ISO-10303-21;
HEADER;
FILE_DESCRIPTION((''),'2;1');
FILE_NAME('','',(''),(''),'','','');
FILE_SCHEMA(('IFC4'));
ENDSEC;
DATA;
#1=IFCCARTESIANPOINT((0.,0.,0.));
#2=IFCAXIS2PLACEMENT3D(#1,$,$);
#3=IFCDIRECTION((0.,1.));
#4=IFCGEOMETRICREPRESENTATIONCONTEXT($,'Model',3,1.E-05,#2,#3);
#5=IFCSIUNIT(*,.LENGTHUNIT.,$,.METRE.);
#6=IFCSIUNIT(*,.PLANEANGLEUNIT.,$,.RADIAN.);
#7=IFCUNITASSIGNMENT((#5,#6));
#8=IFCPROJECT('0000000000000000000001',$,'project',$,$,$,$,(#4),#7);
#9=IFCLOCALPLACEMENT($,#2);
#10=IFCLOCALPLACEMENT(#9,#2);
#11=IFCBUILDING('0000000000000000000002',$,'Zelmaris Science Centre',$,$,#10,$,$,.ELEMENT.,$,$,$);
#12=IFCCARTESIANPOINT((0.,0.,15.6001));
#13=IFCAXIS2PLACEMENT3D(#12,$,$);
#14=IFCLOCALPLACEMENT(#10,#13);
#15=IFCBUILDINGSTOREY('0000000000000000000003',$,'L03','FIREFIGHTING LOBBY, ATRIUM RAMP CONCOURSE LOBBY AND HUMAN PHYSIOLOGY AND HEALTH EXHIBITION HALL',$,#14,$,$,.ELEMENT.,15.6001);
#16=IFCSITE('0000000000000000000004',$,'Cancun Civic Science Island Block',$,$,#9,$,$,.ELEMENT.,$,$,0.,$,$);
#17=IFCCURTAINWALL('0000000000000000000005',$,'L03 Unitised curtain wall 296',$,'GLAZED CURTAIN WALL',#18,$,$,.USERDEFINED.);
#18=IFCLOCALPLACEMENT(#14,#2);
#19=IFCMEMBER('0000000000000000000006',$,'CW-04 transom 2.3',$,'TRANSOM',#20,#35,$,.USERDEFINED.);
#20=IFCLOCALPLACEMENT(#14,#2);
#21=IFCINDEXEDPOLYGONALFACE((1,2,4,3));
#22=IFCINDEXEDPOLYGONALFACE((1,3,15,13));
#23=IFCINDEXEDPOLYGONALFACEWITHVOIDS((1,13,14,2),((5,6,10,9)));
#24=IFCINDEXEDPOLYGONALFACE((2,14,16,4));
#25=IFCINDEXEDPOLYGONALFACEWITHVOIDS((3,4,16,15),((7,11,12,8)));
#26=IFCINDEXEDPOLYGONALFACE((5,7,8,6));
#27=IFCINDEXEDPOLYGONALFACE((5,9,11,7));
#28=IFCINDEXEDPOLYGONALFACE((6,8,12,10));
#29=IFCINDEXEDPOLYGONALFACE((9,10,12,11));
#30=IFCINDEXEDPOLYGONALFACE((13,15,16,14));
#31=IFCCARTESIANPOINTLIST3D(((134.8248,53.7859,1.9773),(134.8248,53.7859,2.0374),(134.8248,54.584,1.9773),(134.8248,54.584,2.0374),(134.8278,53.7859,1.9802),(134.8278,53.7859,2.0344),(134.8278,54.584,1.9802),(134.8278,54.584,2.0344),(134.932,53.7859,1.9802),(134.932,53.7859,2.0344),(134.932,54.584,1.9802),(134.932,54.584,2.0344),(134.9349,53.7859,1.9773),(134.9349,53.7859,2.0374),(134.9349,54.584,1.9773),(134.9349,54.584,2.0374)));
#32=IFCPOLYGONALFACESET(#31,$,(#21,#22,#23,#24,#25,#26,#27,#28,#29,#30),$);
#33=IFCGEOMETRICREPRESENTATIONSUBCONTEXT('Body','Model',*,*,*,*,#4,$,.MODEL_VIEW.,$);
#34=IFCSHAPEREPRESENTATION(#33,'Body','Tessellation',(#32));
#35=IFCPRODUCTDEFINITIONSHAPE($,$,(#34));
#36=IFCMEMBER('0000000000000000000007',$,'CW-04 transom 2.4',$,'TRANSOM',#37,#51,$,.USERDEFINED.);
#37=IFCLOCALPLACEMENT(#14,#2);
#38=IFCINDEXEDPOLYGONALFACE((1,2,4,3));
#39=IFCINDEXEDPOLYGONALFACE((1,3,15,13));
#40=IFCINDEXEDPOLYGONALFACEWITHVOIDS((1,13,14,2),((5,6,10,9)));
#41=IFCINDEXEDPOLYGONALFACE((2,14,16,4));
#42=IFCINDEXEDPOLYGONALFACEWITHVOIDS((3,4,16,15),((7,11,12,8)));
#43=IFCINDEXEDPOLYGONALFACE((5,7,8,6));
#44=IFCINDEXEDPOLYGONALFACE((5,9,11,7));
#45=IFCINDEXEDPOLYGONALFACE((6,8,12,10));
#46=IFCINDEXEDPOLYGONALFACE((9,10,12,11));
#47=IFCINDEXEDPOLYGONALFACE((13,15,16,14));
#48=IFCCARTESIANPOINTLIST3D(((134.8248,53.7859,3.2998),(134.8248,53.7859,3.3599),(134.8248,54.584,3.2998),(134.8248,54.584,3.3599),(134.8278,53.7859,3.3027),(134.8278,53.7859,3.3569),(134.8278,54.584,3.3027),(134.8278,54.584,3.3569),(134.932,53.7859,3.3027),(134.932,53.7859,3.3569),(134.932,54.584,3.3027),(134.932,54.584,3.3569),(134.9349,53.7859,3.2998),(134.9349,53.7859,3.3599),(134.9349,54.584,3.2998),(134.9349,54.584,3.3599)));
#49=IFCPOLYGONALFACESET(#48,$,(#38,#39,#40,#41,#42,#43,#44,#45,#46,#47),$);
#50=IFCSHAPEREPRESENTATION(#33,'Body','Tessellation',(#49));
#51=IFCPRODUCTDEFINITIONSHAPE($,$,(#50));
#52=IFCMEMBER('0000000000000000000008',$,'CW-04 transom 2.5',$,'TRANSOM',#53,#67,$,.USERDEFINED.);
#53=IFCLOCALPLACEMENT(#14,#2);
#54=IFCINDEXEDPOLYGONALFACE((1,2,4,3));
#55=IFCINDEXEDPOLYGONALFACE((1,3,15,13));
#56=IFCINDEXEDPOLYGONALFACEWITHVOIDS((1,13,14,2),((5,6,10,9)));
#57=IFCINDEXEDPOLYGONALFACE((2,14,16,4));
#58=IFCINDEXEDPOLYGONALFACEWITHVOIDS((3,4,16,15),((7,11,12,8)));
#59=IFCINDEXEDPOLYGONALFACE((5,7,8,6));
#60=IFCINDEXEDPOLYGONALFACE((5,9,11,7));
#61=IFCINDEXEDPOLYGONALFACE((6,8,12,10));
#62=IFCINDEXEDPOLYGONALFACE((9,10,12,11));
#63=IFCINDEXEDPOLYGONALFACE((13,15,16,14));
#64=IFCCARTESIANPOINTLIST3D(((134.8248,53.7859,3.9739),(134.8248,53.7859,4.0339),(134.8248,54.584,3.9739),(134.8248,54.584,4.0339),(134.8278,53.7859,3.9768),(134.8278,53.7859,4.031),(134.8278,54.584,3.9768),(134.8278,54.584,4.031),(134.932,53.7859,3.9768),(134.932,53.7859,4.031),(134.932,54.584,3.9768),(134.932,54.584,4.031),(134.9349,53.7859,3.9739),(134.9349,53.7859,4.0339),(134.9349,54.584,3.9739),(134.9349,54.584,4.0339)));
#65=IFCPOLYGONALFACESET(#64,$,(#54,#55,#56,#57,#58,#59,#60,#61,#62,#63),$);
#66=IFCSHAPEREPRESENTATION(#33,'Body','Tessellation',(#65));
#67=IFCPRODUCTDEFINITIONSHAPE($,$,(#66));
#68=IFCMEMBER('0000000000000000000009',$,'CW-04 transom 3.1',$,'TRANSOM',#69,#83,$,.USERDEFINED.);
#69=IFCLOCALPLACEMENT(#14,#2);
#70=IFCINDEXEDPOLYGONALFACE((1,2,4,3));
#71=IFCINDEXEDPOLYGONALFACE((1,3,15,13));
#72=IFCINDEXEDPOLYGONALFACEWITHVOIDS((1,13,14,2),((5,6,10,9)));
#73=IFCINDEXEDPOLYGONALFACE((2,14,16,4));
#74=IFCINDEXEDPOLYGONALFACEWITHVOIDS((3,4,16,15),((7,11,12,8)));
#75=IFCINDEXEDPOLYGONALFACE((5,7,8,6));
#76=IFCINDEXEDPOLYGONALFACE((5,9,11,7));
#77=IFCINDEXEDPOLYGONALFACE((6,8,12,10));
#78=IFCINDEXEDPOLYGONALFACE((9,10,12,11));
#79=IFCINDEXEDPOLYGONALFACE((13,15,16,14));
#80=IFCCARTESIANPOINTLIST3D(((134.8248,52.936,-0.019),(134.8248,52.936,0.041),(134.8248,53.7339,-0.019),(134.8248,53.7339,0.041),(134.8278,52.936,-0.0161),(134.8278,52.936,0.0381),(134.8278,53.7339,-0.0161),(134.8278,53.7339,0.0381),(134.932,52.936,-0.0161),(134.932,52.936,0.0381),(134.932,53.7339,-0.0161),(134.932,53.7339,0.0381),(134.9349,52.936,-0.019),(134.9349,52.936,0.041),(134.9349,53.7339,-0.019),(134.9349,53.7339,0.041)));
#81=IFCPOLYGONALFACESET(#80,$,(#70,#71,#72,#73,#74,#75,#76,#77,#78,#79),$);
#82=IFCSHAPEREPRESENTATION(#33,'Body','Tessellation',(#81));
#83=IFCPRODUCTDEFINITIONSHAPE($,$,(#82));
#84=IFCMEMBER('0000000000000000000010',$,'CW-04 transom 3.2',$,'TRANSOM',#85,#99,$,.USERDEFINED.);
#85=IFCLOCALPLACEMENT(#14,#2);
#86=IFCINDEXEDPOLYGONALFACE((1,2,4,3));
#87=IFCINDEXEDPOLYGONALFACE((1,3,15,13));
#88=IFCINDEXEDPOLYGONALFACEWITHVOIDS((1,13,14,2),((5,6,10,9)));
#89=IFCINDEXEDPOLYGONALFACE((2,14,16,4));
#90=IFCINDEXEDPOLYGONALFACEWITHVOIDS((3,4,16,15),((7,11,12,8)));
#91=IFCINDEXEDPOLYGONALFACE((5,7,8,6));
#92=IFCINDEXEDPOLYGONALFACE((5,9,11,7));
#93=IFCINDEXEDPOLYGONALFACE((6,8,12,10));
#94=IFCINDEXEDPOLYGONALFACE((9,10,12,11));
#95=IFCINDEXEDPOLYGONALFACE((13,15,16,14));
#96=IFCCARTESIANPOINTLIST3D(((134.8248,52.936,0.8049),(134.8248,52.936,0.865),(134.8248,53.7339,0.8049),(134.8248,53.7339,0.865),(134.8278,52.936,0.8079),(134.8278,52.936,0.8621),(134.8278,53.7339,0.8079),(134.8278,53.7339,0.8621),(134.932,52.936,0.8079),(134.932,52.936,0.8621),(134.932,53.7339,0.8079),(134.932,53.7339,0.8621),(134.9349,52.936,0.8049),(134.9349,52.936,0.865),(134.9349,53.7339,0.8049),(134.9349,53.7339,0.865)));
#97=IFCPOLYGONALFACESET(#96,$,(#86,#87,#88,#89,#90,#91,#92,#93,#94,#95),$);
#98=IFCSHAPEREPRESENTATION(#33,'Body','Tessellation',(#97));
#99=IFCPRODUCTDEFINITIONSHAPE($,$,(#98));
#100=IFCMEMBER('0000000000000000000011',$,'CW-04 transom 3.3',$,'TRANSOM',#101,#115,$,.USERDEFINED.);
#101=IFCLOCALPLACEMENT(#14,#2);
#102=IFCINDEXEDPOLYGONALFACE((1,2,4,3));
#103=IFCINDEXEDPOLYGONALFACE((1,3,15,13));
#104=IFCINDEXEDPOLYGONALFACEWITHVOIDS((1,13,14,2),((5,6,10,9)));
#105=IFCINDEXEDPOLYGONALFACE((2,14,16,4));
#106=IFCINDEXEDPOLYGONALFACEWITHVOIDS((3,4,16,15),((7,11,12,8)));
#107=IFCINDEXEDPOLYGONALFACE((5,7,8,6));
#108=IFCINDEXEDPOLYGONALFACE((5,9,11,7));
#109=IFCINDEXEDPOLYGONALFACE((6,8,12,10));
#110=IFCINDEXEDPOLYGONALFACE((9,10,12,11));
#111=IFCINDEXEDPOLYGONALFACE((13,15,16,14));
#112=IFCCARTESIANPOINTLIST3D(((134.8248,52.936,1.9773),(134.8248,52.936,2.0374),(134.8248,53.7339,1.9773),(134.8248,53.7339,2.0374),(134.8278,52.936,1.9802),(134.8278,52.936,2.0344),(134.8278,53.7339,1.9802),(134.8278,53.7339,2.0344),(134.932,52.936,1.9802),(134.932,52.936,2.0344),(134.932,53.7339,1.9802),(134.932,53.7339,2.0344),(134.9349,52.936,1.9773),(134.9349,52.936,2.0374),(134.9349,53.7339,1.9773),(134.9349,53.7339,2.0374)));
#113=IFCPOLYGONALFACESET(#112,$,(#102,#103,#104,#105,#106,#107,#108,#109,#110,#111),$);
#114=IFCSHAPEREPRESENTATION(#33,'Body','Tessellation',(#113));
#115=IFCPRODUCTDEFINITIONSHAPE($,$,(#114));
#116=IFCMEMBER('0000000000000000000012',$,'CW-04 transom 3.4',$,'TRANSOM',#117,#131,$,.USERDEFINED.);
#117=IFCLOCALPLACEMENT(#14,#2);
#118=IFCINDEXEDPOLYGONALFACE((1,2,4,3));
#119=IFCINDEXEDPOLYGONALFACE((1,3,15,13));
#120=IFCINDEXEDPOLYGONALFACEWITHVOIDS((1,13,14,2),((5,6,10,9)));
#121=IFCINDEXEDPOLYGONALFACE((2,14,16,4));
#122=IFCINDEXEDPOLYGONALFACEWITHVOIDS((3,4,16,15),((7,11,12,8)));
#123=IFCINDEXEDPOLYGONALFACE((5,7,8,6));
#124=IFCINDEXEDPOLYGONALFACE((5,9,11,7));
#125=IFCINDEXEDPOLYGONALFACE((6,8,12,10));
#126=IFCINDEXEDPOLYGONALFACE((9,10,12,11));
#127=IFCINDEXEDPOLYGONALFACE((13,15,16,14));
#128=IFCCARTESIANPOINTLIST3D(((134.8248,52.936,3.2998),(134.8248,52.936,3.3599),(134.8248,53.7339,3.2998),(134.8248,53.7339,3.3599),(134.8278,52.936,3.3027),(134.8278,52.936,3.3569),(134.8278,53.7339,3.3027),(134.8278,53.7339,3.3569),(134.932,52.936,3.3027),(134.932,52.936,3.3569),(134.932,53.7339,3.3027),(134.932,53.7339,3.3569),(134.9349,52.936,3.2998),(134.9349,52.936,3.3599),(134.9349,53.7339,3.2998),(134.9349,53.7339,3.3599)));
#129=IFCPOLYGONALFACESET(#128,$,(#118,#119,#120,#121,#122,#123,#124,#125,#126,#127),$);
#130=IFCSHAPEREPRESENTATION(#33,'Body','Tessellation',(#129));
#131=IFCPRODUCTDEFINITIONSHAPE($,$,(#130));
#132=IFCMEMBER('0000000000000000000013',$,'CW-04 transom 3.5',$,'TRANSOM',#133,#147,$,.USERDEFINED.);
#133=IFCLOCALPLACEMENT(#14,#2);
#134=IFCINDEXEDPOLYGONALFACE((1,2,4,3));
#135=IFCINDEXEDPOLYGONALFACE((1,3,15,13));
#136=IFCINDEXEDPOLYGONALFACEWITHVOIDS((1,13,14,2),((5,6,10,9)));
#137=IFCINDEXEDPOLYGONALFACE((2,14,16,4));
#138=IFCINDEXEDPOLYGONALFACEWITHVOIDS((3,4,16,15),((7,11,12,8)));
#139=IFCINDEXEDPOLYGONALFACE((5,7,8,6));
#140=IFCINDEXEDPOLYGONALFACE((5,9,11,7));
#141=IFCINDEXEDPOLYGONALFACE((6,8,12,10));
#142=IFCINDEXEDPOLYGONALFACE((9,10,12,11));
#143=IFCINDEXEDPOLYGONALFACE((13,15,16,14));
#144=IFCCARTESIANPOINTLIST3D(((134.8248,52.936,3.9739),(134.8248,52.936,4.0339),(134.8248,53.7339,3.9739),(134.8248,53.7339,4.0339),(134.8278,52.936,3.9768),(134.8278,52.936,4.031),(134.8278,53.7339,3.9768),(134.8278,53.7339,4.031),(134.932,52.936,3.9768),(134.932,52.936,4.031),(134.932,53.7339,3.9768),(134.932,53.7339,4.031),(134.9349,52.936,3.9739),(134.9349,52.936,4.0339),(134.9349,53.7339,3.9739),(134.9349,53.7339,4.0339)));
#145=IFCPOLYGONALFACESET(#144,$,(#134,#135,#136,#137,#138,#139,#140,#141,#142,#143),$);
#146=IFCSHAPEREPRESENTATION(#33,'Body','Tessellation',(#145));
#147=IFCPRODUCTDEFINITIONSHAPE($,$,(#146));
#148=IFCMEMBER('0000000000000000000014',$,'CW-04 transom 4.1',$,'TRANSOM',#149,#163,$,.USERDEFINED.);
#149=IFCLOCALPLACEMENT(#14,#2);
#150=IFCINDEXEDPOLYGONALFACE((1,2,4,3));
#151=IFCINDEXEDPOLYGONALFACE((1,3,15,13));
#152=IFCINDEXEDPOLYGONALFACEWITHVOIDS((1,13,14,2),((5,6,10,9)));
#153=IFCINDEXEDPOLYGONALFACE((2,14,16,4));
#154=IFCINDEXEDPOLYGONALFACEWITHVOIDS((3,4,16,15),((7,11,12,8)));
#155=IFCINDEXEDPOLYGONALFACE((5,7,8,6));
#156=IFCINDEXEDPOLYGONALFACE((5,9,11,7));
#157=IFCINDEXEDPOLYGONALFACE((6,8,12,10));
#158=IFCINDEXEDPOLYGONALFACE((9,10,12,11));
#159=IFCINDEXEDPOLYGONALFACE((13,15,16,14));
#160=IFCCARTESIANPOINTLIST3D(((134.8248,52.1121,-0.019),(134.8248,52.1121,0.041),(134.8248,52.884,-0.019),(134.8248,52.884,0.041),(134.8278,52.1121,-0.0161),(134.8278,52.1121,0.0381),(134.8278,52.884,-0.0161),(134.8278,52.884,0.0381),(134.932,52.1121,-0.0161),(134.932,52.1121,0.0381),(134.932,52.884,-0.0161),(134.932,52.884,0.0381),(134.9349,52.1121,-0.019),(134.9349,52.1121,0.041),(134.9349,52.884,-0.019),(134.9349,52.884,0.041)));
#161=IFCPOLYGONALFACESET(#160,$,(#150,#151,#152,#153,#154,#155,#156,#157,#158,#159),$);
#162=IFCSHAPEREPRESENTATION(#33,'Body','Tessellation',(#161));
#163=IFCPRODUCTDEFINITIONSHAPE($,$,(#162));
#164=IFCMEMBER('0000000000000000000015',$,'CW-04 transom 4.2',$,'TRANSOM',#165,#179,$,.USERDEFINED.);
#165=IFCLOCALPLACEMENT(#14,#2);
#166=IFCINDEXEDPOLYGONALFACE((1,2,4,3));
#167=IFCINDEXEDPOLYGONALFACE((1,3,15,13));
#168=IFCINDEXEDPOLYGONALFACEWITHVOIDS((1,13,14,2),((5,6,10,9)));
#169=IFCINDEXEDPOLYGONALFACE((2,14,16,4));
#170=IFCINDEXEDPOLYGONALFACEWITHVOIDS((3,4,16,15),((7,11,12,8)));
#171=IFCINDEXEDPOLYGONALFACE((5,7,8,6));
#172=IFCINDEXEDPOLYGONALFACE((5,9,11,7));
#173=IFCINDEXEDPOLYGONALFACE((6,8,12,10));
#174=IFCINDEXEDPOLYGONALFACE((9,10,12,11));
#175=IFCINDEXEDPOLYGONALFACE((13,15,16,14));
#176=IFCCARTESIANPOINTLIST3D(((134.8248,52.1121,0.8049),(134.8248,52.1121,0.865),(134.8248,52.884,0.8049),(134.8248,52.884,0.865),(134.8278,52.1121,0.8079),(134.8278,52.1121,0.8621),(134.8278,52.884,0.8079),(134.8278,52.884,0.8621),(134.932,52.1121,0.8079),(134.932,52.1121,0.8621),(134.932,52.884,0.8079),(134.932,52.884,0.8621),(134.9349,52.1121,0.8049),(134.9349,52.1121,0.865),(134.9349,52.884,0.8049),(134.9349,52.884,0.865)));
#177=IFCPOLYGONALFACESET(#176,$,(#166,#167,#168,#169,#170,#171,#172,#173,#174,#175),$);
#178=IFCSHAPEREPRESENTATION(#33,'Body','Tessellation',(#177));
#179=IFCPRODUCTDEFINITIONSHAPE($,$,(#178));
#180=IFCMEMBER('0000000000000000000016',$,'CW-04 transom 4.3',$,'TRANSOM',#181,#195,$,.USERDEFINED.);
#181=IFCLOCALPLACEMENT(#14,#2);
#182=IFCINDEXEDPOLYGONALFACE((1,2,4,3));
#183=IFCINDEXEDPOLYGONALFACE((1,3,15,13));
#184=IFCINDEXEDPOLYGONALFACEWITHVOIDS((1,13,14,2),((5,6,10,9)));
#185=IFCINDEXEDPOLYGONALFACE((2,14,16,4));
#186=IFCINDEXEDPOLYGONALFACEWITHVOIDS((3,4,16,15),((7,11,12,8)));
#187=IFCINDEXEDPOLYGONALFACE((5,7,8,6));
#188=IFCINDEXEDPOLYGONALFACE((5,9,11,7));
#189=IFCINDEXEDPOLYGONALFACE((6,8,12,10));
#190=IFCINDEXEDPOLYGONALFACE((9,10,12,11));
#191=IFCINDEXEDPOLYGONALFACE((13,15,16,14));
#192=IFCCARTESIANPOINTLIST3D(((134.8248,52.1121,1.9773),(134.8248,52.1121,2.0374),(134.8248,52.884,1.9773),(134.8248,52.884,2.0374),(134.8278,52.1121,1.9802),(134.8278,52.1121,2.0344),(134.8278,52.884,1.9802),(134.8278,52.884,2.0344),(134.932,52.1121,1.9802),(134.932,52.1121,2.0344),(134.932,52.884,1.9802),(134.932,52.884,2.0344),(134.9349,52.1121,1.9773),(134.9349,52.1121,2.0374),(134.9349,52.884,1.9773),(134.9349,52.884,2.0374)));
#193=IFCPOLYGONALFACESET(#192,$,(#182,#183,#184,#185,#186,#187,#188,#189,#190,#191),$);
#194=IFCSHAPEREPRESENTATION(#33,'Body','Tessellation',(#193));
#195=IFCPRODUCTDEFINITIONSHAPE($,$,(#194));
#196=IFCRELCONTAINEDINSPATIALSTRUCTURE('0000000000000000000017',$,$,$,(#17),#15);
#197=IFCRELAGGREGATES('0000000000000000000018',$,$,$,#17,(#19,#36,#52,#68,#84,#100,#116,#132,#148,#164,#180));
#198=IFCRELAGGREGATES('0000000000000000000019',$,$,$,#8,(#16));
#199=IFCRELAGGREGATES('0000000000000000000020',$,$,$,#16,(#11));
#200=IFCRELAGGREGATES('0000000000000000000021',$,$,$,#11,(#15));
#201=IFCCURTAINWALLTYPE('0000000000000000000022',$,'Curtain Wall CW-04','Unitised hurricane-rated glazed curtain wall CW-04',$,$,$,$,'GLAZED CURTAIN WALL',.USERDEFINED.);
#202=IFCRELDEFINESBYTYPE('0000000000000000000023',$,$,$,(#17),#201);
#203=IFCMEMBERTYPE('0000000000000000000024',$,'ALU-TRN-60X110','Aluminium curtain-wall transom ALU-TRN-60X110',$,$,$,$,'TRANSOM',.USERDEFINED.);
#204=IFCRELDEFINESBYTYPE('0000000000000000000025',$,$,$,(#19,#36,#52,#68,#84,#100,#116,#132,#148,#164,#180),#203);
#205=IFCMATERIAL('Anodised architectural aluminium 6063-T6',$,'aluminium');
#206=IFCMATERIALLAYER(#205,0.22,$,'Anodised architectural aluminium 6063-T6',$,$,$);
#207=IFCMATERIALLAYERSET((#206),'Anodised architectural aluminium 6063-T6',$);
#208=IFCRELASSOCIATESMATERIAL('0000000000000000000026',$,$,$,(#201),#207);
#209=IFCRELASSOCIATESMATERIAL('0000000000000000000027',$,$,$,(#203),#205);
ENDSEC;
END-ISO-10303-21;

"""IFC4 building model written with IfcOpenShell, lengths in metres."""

from ifc_helpers import new_model, si_unit, direction, frame, origin, origin_2d, place, context, subcontext, project, spatial, hollow_rectangle, extrude, material, layer, layer_set, material_profile, profile_set, type_object, element, aggregate, save


model = new_model("IFC4")

# Units and contexts
model_context = context("Model", 3, precision=1e-05, world=origin(), true_north=direction((0.0, 1.0)))
body_context = subcontext(model_context, "Body", "Model", "MODEL_VIEW")
ifc_project = project(units=[si_unit("LENGTHUNIT", "METRE"), si_unit("PLANEANGLEUNIT", "RADIAN")], contexts=[model_context])

# Site, building, storey
site_placement = place(None, origin())
site = spatial("IfcSite", under=ifc_project, at=site_placement, Name="Cancun Civic Science Island Block", CompositionType="ELEMENT", RefElevation=0.0)
building_placement = place(site_placement, origin())
building = spatial("IfcBuilding", under=site, at=building_placement, Name="Zelmaris Science Centre", CompositionType="ELEMENT")
storey_placement = place(building_placement, frame((0.0, 0.0, 15.6001)))
storey = spatial("IfcBuildingStorey", under=building, at=storey_placement, Name="L03", Description="FIREFIGHTING LOBBY, ATRIUM RAMP CONCOURSE LOBBY AND HUMAN PHYSIOLOGY AND HEALTH EXHIBITION HALL", CompositionType="ELEMENT", Elevation=15.6001)

# Curtain wall, members
ifc_material_1 = material(Name="Anodised architectural aluminium 6063-T6", Category="aluminium")
ifc_layer_1 = layer(ifc_material_1, 0.22, Name="Anodised architectural aluminium 6063-T6")
ifc_layer_set_1 = layer_set([ifc_layer_1], Name="Anodised architectural aluminium 6063-T6")
curtain_wall_type = type_object("IfcCurtainWallType", Name="Curtain Wall CW-04", Description="Unitised hurricane-rated glazed curtain wall CW-04", ElementType="GLAZED CURTAIN WALL", PredefinedType="USERDEFINED", material=ifc_layer_set_1)
curtain_wall_placement = place(storey_placement, origin())
curtain_wall = element("IfcCurtainWall", 1, at=curtain_wall_placement, inside=storey, type_object=curtain_wall_type, Name="L03 Unitised curtain wall 296", ObjectType="GLAZED CURTAIN WALL", PredefinedType="USERDEFINED")
ifc_material_profile_1 = material_profile(ifc_material_1, hollow_rectangle(XDim=0.0601, YDim=0.1101, WallThickness=0.0029, at=origin_2d()), Name="ALU-TRN-60X110")
ifc_profile_set_1 = profile_set([ifc_material_profile_1], Name="Anodised architectural aluminium 6063-T6")
member_type_1 = type_object("IfcMemberType", Name="ALU-TRN-60X110", Description="Aluminium curtain-wall transom ALU-TRN-60X110", ElementType="TRANSOM", PredefinedType="USERDEFINED", material=ifc_profile_set_1)
member_1_placement = place(storey_placement, frame((134.8799, 54.584, 2.0073), z_axis=(0.0, -1.0, 0.0), x_axis=(0.0, 0.0, 1.0)))
member_1 = element("IfcMember", 2, at=member_1_placement, type_object=member_type_1, Name="CW-04 transom 2.3", ObjectType="TRANSOM", PredefinedType="USERDEFINED", context=body_context, shape_type="SweptSolid", body=[
    extrude(hollow_rectangle(XDim=0.0601, YDim=0.1101, WallThickness=0.0029, at=origin_2d()), origin(), (0.0, 0.0, 1.0), 0.7981),
])
member_2_placement = place(storey_placement, frame((134.8799, 54.584, 3.3298), z_axis=(0.0, -1.0, 0.0), x_axis=(0.0, 0.0, 1.0)))
member_2 = element("IfcMember", 3, at=member_2_placement, type_object=member_type_1, Name="CW-04 transom 2.4", ObjectType="TRANSOM", PredefinedType="USERDEFINED", context=body_context, shape_type="SweptSolid", body=[
    extrude(hollow_rectangle(XDim=0.0601, YDim=0.1101, WallThickness=0.0029, at=origin_2d()), origin(), (0.0, 0.0, 1.0), 0.7981),
])
member_3_placement = place(storey_placement, frame((134.8799, 54.584, 4.0039), z_axis=(0.0, -1.0, 0.0), x_axis=(0.0, 0.0, 1.0)))
member_3 = element("IfcMember", 4, at=member_3_placement, type_object=member_type_1, Name="CW-04 transom 2.5", ObjectType="TRANSOM", PredefinedType="USERDEFINED", context=body_context, shape_type="SweptSolid", body=[
    extrude(hollow_rectangle(XDim=0.0601, YDim=0.1101, WallThickness=0.0029, at=origin_2d()), origin(), (0.0, 0.0, 1.0), 0.7981),
])
member_4_placement = place(storey_placement, frame((134.8799, 53.7339, 0.011), z_axis=(0.0, -1.0, 0.0), x_axis=(0.0, 0.0, 1.0)))
member_4 = element("IfcMember", 5, at=member_4_placement, type_object=member_type_1, Name="CW-04 transom 3.1", ObjectType="TRANSOM", PredefinedType="USERDEFINED", context=body_context, shape_type="SweptSolid", body=[
    extrude(hollow_rectangle(XDim=0.0601, YDim=0.1101, WallThickness=0.0029, at=origin_2d()), origin(), (0.0, 0.0, 1.0), 0.7979),
])
member_5_placement = place(storey_placement, frame((134.8799, 53.7339, 0.835), z_axis=(0.0, -1.0, 0.0), x_axis=(0.0, 0.0, 1.0)))
member_5 = element("IfcMember", 6, at=member_5_placement, type_object=member_type_1, Name="CW-04 transom 3.2", ObjectType="TRANSOM", PredefinedType="USERDEFINED", context=body_context, shape_type="SweptSolid", body=[
    extrude(hollow_rectangle(XDim=0.0601, YDim=0.1101, WallThickness=0.0029, at=origin_2d()), origin(), (0.0, 0.0, 1.0), 0.7979),
])
member_6_placement = place(storey_placement, frame((134.8799, 53.7339, 2.0073), z_axis=(0.0, -1.0, 0.0), x_axis=(0.0, 0.0, 1.0)))
member_6 = element("IfcMember", 7, at=member_6_placement, type_object=member_type_1, Name="CW-04 transom 3.3", ObjectType="TRANSOM", PredefinedType="USERDEFINED", context=body_context, shape_type="SweptSolid", body=[
    extrude(hollow_rectangle(XDim=0.0601, YDim=0.1101, WallThickness=0.0029, at=origin_2d()), origin(), (0.0, 0.0, 1.0), 0.7979),
])
member_7_placement = place(storey_placement, frame((134.8799, 53.7339, 3.3298), z_axis=(0.0, -1.0, 0.0), x_axis=(0.0, 0.0, 1.0)))
member_7 = element("IfcMember", 8, at=member_7_placement, type_object=member_type_1, Name="CW-04 transom 3.4", ObjectType="TRANSOM", PredefinedType="USERDEFINED", context=body_context, shape_type="SweptSolid", body=[
    extrude(hollow_rectangle(XDim=0.0601, YDim=0.1101, WallThickness=0.0029, at=origin_2d()), origin(), (0.0, 0.0, 1.0), 0.7979),
])
member_8_placement = place(storey_placement, frame((134.8799, 53.7339, 4.0039), z_axis=(0.0, -1.0, 0.0), x_axis=(0.0, 0.0, 1.0)))
member_8 = element("IfcMember", 9, at=member_8_placement, type_object=member_type_1, Name="CW-04 transom 3.5", ObjectType="TRANSOM", PredefinedType="USERDEFINED", context=body_context, shape_type="SweptSolid", body=[
    extrude(hollow_rectangle(XDim=0.0601, YDim=0.1101, WallThickness=0.0029, at=origin_2d()), origin(), (0.0, 0.0, 1.0), 0.7979),
])
member_9_placement = place(storey_placement, frame((134.8799, 52.884, 0.011), z_axis=(0.0, -1.0, 0.0), x_axis=(0.0, 0.0, 1.0)))
member_9 = element("IfcMember", 10, at=member_9_placement, type_object=member_type_1, Name="CW-04 transom 4.1", ObjectType="TRANSOM", PredefinedType="USERDEFINED", context=body_context, shape_type="SweptSolid", body=[
    extrude(hollow_rectangle(XDim=0.0601, YDim=0.1101, WallThickness=0.0029, at=origin_2d()), origin(), (0.0, 0.0, 1.0), 0.772),
])
member_10_placement = place(storey_placement, frame((134.8799, 52.884, 0.835), z_axis=(0.0, -1.0, 0.0), x_axis=(0.0, 0.0, 1.0)))
member_10 = element("IfcMember", 11, at=member_10_placement, type_object=member_type_1, Name="CW-04 transom 4.2", ObjectType="TRANSOM", PredefinedType="USERDEFINED", context=body_context, shape_type="SweptSolid", body=[
    extrude(hollow_rectangle(XDim=0.0601, YDim=0.1101, WallThickness=0.0029, at=origin_2d()), origin(), (0.0, 0.0, 1.0), 0.772),
])
member_11_placement = place(storey_placement, frame((134.8799, 52.884, 2.0073), z_axis=(0.0, -1.0, 0.0), x_axis=(0.0, 0.0, 1.0)))
member_11 = element("IfcMember", 12, at=member_11_placement, type_object=member_type_1, Name="CW-04 transom 4.3", ObjectType="TRANSOM", PredefinedType="USERDEFINED", context=body_context, shape_type="SweptSolid", body=[
    extrude(hollow_rectangle(XDim=0.0601, YDim=0.1101, WallThickness=0.0029, at=origin_2d()), origin(), (0.0, 0.0, 1.0), 0.772),
])

aggregate(curtain_wall, [member_1, member_2, member_3, member_4, member_5, member_6, member_7, member_8, member_9, member_10, member_11])

save(model, "model.ifc")
